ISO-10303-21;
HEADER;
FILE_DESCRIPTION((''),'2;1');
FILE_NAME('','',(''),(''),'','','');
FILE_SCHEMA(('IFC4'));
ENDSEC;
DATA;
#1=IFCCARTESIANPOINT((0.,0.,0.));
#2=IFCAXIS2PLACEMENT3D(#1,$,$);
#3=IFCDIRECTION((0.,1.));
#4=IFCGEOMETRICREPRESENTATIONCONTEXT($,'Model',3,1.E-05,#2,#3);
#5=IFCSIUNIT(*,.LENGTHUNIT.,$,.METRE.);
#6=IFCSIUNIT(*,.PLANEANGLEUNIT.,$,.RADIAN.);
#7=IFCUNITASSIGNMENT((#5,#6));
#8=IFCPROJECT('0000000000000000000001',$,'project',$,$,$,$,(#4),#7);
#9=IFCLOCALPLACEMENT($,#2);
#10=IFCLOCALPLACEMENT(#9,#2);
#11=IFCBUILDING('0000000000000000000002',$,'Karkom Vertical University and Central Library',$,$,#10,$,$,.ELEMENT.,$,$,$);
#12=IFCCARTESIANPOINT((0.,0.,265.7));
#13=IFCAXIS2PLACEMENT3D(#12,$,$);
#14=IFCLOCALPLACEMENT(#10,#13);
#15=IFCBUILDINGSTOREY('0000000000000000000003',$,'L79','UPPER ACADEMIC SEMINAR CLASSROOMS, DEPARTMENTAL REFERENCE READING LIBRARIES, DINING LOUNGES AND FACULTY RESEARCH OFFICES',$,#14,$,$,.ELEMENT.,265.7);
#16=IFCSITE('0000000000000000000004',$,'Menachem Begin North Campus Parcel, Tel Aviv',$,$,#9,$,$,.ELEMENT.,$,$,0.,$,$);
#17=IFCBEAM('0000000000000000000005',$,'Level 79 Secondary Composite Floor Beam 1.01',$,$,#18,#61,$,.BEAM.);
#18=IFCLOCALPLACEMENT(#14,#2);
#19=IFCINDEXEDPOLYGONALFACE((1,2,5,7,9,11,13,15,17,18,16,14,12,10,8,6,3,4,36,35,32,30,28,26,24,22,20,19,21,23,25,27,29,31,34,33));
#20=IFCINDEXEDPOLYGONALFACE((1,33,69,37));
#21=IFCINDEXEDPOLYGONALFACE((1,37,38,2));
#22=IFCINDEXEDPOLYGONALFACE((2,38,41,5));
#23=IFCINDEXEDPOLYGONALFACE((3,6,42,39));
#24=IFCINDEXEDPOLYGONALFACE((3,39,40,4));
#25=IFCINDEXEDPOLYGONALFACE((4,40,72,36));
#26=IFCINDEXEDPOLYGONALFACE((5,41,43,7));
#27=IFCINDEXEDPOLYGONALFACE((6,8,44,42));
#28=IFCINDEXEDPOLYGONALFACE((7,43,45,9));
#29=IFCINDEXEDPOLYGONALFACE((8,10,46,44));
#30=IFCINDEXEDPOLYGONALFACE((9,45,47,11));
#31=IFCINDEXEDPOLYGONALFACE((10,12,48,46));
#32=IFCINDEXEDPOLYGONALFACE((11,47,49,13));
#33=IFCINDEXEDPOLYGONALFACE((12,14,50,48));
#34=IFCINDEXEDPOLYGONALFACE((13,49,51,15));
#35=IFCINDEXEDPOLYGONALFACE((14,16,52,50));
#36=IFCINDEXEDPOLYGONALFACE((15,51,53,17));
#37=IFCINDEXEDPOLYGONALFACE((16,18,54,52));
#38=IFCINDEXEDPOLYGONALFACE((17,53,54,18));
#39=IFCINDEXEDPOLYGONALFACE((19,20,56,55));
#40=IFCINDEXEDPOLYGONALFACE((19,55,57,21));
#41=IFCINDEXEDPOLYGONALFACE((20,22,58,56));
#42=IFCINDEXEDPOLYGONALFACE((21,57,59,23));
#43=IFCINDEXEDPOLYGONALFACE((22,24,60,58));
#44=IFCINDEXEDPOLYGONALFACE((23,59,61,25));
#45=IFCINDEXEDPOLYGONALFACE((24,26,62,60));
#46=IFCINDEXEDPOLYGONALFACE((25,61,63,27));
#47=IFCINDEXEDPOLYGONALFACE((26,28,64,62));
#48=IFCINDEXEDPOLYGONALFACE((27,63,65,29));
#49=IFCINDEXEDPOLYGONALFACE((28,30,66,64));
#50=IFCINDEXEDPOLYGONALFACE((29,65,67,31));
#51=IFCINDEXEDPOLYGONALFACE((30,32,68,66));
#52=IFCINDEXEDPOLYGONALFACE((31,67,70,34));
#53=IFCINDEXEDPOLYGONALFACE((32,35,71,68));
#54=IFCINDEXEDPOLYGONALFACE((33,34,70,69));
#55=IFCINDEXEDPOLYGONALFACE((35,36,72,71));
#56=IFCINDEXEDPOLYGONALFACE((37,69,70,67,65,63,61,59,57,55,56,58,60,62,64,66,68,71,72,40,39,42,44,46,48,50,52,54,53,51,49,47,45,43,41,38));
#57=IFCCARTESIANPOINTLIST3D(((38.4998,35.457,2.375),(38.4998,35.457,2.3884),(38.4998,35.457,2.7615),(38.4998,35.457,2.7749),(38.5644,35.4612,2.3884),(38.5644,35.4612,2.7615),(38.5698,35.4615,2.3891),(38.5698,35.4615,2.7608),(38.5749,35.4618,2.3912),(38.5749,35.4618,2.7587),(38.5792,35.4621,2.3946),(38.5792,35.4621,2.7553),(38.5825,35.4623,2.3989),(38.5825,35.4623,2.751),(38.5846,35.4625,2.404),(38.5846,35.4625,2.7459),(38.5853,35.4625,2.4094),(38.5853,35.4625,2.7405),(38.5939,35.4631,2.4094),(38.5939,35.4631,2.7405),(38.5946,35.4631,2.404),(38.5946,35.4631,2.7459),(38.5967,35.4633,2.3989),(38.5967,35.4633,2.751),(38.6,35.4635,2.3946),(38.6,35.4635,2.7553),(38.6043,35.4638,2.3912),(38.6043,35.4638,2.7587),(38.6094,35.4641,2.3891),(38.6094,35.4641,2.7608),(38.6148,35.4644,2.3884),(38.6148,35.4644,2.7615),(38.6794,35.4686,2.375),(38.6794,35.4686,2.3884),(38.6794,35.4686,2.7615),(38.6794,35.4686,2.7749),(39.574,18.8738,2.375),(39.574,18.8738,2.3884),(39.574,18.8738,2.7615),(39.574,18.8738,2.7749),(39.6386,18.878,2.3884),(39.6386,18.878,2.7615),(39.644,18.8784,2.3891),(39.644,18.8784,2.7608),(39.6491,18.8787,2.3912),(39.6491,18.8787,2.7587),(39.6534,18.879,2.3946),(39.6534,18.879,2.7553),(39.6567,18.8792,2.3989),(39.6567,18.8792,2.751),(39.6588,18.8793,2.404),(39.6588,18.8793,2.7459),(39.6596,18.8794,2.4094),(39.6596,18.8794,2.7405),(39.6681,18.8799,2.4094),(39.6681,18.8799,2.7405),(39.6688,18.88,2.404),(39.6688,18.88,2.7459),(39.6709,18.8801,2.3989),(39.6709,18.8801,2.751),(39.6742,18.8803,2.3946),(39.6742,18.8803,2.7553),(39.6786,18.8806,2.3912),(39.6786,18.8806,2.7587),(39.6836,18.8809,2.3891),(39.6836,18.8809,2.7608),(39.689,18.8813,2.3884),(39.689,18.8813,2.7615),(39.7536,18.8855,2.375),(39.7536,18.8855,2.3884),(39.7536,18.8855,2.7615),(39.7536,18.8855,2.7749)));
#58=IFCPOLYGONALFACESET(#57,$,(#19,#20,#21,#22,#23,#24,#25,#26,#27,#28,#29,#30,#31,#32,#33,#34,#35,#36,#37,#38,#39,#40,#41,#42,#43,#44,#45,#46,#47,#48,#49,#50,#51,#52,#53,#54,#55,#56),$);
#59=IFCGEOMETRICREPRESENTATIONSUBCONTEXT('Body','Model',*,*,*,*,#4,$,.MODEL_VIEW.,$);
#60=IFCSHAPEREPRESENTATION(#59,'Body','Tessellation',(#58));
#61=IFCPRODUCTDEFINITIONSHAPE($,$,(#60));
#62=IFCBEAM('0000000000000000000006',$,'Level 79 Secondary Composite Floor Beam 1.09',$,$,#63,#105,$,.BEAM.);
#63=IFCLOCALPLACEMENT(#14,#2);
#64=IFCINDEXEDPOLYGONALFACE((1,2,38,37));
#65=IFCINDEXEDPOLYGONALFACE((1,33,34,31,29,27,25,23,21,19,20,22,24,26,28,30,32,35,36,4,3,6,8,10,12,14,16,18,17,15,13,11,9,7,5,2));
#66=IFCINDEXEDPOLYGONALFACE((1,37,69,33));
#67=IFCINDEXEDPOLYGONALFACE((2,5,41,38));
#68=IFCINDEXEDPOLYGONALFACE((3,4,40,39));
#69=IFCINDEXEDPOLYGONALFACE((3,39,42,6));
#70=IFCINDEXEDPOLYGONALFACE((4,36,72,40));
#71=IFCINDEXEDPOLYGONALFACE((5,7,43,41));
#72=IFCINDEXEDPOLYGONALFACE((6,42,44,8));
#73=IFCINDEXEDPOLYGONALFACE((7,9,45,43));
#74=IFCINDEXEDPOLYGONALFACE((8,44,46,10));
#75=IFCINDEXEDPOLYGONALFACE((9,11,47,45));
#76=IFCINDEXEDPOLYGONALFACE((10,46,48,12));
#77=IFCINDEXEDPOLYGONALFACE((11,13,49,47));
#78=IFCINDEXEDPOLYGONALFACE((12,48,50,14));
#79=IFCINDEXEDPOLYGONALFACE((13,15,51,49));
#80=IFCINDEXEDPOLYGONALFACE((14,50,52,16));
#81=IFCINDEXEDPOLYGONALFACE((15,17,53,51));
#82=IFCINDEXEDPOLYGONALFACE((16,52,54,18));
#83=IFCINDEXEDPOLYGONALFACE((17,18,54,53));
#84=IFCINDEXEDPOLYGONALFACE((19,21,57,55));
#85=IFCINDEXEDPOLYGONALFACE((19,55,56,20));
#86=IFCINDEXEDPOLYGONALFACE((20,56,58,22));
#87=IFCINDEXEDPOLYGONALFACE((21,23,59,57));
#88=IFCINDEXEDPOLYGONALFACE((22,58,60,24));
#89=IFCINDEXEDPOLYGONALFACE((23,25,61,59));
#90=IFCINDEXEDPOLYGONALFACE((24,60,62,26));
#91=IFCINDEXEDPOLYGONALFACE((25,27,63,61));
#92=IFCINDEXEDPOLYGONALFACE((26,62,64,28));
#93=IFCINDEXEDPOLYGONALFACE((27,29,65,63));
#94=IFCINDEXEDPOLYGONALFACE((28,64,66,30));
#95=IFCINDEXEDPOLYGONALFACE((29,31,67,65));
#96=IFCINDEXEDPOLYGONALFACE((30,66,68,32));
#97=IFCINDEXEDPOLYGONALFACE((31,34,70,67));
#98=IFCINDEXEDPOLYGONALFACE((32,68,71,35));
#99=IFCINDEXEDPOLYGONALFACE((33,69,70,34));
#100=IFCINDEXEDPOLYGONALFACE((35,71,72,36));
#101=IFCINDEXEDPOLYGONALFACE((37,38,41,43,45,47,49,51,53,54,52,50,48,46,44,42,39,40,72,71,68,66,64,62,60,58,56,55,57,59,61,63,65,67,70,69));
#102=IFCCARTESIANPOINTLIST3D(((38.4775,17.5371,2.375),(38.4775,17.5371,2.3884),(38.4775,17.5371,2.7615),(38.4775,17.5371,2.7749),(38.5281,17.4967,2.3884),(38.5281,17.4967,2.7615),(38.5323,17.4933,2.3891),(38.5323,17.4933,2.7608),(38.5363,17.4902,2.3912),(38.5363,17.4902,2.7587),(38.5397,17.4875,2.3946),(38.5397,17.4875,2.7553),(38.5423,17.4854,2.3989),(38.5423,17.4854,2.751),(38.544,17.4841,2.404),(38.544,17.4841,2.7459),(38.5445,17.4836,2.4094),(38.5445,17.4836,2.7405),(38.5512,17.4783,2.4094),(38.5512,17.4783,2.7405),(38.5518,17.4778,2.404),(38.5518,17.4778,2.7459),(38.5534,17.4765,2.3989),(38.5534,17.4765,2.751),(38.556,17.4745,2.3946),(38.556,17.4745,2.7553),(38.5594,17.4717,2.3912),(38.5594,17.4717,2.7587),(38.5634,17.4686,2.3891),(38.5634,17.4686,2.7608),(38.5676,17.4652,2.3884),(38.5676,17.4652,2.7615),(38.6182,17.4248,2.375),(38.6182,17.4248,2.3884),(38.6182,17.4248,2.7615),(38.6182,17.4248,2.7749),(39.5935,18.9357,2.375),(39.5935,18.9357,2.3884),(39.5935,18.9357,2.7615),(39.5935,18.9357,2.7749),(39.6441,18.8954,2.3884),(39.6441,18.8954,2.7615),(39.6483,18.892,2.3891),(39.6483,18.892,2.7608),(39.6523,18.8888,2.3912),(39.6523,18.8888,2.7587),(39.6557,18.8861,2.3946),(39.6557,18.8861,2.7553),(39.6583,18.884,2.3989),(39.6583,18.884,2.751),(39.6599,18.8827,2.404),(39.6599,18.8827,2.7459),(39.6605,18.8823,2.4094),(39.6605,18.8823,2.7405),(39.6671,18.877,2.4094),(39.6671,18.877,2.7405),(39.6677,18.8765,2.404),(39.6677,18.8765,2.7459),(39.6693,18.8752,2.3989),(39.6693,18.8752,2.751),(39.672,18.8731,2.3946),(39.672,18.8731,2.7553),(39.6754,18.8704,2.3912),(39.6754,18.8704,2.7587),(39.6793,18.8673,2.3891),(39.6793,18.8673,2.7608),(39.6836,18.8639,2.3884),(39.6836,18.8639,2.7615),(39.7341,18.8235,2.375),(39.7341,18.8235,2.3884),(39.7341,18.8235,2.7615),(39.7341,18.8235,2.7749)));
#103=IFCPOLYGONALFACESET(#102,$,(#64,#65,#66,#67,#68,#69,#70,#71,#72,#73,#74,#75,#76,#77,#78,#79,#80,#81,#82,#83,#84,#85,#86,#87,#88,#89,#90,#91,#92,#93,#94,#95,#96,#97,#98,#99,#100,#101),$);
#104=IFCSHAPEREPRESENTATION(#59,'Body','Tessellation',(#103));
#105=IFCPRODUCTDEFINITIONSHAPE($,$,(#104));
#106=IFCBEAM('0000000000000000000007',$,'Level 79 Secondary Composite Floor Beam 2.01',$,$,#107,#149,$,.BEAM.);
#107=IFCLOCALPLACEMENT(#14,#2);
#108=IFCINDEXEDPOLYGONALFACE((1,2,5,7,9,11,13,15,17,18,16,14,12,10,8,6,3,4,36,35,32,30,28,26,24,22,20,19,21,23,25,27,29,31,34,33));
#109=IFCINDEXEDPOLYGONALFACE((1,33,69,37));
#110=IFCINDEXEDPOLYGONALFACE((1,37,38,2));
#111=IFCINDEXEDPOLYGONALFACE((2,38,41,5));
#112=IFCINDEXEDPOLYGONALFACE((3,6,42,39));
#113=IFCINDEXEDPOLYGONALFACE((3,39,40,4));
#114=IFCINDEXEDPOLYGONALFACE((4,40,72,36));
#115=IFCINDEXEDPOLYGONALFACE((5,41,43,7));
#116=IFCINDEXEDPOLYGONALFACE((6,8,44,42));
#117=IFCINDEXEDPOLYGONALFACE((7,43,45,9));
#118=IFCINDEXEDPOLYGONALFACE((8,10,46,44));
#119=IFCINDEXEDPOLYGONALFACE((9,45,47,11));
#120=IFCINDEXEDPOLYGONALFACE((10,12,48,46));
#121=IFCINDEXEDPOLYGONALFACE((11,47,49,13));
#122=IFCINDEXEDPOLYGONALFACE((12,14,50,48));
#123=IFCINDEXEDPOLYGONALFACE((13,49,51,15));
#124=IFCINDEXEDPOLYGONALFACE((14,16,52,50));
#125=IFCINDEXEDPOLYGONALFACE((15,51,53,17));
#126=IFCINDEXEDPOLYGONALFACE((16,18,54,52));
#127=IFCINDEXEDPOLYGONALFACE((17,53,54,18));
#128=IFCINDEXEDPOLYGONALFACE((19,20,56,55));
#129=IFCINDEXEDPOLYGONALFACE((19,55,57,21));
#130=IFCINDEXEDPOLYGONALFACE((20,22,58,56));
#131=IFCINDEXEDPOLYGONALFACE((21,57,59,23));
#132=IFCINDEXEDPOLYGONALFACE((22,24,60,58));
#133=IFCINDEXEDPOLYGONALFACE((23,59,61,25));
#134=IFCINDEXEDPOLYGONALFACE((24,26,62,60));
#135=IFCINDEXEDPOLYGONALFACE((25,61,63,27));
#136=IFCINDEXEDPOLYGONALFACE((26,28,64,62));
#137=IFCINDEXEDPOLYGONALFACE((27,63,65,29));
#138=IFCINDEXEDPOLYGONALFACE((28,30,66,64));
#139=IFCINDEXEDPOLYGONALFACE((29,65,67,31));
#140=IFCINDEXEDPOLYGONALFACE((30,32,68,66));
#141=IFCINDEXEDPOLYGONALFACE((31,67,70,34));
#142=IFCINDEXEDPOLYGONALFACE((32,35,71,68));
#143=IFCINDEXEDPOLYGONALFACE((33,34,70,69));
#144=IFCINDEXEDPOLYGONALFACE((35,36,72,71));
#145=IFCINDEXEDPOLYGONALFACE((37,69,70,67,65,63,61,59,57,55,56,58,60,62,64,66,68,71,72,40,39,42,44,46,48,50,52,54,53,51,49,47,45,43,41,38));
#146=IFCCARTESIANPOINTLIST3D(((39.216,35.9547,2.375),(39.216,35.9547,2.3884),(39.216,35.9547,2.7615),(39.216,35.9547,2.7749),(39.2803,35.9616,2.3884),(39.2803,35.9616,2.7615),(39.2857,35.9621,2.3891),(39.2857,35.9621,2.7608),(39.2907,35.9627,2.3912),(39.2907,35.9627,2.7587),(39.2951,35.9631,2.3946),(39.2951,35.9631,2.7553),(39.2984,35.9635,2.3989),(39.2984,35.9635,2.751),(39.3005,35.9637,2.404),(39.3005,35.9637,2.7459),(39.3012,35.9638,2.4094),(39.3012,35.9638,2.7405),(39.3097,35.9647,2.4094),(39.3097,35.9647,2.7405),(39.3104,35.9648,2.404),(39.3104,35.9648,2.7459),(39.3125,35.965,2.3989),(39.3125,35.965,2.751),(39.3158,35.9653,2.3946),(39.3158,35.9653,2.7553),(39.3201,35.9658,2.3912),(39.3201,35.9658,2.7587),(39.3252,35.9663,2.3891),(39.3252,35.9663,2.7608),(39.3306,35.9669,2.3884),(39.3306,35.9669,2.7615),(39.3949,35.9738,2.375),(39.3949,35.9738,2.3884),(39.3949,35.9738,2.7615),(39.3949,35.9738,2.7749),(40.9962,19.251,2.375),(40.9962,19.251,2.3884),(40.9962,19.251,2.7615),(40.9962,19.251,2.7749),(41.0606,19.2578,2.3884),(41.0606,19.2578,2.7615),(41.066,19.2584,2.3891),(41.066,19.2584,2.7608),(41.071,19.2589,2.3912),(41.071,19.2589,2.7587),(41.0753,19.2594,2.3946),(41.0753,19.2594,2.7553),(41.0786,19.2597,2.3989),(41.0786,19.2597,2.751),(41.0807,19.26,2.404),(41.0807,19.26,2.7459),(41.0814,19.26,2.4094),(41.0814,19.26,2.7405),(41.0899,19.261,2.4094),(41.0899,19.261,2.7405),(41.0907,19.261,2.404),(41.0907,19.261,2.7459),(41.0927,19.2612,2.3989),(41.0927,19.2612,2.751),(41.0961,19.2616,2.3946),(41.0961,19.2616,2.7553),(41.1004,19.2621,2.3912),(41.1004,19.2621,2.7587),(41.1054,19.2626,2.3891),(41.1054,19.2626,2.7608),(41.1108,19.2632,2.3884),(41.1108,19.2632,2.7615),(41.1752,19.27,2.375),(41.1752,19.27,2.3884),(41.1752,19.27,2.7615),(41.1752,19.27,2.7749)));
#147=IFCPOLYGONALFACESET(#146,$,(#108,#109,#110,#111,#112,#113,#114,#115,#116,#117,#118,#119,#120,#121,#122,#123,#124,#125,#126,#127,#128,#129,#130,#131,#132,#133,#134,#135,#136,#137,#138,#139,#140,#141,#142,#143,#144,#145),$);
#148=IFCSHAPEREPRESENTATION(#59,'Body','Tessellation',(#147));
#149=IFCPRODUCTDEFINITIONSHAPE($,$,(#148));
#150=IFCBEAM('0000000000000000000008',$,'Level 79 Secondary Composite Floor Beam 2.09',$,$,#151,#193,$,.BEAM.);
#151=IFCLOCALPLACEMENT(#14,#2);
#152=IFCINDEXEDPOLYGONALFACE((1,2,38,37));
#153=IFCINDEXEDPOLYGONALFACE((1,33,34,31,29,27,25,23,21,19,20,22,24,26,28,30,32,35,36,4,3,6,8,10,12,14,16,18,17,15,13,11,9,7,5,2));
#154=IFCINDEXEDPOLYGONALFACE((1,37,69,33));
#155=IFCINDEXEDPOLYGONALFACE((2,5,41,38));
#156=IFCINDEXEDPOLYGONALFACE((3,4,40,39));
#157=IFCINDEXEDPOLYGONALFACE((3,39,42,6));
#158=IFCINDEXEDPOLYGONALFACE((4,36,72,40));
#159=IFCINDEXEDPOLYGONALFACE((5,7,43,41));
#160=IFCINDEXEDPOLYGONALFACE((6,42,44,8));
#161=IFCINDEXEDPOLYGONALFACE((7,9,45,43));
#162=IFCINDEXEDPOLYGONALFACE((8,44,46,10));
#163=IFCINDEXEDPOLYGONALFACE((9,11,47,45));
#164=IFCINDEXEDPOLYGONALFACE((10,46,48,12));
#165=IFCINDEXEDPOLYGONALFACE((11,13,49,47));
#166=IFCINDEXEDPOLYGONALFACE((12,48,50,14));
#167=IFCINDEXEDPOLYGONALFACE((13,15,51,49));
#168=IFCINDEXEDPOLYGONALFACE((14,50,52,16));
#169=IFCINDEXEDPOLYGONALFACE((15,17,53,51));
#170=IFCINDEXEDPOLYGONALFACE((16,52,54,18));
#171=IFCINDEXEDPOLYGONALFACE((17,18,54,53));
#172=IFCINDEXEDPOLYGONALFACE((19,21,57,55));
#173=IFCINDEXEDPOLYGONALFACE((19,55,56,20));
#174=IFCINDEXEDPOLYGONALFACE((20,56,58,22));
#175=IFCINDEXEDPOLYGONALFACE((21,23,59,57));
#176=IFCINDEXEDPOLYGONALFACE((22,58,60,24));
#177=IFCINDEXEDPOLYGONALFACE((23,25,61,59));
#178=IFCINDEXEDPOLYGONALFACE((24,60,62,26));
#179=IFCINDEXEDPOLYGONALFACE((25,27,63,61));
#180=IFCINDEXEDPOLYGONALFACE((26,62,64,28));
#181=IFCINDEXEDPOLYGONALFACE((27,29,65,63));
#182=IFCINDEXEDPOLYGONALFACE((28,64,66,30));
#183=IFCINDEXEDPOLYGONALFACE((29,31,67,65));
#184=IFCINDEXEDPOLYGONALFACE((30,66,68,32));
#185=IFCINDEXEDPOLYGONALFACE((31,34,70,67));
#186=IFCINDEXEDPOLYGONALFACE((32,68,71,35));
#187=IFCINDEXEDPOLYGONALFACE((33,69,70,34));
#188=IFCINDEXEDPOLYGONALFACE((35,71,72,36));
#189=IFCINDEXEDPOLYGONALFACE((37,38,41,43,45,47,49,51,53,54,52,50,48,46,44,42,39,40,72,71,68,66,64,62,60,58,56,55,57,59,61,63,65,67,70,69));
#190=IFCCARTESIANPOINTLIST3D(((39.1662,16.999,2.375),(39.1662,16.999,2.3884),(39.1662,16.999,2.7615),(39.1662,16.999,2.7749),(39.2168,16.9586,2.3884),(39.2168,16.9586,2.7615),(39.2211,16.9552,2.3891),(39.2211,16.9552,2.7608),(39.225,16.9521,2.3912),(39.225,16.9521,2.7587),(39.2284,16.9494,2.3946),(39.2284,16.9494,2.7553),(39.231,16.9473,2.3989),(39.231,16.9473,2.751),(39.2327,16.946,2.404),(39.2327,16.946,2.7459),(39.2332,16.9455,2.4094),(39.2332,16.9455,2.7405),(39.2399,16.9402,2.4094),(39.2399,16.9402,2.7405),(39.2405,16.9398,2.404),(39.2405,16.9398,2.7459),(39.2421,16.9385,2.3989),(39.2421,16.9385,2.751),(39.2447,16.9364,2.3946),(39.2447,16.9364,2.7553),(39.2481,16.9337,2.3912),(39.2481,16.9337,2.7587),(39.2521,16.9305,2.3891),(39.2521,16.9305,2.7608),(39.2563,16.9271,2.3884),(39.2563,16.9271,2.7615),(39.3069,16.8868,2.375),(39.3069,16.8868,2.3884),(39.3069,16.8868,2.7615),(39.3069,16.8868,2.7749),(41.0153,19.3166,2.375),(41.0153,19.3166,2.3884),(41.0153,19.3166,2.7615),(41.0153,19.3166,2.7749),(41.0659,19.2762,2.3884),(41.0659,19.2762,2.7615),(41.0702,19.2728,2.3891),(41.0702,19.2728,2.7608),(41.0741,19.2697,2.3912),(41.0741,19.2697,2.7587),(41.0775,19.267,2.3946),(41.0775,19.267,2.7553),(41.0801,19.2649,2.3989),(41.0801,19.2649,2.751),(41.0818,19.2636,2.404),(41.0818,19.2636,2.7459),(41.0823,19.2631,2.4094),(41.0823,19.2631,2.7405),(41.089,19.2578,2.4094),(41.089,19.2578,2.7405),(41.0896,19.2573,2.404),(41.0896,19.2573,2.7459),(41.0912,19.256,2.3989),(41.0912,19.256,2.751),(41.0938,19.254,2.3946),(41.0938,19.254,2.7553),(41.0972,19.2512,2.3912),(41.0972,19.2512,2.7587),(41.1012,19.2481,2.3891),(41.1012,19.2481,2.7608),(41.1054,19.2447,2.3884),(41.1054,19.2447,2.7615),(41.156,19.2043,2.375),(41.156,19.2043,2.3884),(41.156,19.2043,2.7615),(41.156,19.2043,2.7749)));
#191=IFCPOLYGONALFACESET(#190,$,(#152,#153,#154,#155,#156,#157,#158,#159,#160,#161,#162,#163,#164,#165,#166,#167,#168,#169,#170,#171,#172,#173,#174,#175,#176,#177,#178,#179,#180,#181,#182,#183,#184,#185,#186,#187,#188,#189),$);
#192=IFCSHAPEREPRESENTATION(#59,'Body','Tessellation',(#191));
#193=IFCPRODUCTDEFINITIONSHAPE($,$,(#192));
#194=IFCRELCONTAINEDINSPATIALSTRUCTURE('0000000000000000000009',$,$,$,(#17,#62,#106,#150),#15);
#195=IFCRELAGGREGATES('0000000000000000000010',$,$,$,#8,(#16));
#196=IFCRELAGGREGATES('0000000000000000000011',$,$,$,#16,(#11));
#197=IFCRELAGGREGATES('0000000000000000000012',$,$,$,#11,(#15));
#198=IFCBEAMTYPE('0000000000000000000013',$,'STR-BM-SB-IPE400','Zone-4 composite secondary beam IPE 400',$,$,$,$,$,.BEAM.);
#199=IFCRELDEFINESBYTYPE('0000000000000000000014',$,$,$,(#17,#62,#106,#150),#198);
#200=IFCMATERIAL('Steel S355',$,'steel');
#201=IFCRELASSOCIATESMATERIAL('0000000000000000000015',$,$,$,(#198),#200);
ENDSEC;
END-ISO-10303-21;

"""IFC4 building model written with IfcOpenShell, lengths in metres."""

from ifc_helpers import new_model, si_unit, direction, frame, origin, origin_with_axes, origin_2d, place, context, subcontext, project, spatial, i_section, extrude, source, transform, mapped, material, material_profile, profile_set, type_object, element, save


model = new_model("IFC4")

# Units and contexts
model_context = context("Model", 3, precision=1e-05, world=origin(), true_north=direction((0.0, 1.0)))
body_context = subcontext(model_context, "Body", "Model", "MODEL_VIEW")
ifc_project = project(units=[si_unit("LENGTHUNIT", "METRE"), si_unit("PLANEANGLEUNIT", "RADIAN")], contexts=[model_context])

# Site, building, storey
site_placement = place(None, origin())
site = spatial("IfcSite", under=ifc_project, at=site_placement, Name="Menachem Begin North Campus Parcel, Tel Aviv", CompositionType="ELEMENT", RefElevation=0.0)
building_placement = place(site_placement, origin())
building = spatial("IfcBuilding", under=site, at=building_placement, Name="Karkom Vertical University and Central Library", CompositionType="ELEMENT")
storey_placement = place(building_placement, frame((0.0, 0.0, 265.7)))
storey = spatial("IfcBuildingStorey", under=building, at=storey_placement, Name="L79", Description="UPPER ACADEMIC SEMINAR CLASSROOMS, DEPARTMENTAL REFERENCE READING LIBRARIES, DINING LOUNGES AND FACULTY RESEARCH OFFICES", CompositionType="ELEMENT", Elevation=265.7)

# Beams
ifc_material_1 = material(Name="Steel S355", Category="steel")
ifc_material_profile_1 = material_profile(ifc_material_1, i_section(OverallWidth=0.1799, OverallDepth=0.3999, WebThickness=0.0085, FlangeThickness=0.0134, FilletRadius=0.021, at=origin_2d()), Name="IPE 400")
ifc_profile_set_1 = profile_set([ifc_material_profile_1], Name="Steel S355")
beam_type_1 = type_object("IfcBeamType", Name="STR-BM-SB-IPE400", Description="Zone-4 composite secondary beam IPE 400", PredefinedType="BEAM", material=ifc_profile_set_1)
shared_shape_1 = source(origin_with_axes(), body_context, "Body", "SweptSolid", [
    extrude(i_section(OverallWidth=0.1799, OverallDepth=0.3999, WebThickness=0.0085, FlangeThickness=0.0134, FilletRadius=0.021, at=origin_2d()), origin(), (0.0, 0.0, 1.0), 16.6179),
])
beam_1_placement = place(storey_placement, frame((39.6638, 18.8796, 2.575), z_axis=(-0.064642, 0.997909, 0.0), x_axis=(-0.997909, -0.064642, 0.0)))
element("IfcBeam", 1, at=beam_1_placement, inside=storey, type_object=beam_type_1, Name="Level 79 Secondary Composite Floor Beam 1.01", PredefinedType="BEAM", context=body_context, shape_type="MappedRepresentation", body=[
    mapped(shared_shape_1, transform((0.0, 0.0, 0.0), scale=1.0)),
])
shared_shape_2 = source(origin_with_axes(), body_context, "Body", "SweptSolid", [
    extrude(i_section(OverallWidth=0.1799, OverallDepth=0.3999, WebThickness=0.0085, FlangeThickness=0.0134, FilletRadius=0.021, at=origin_2d()), origin(), (0.0, 0.0, 1.0), 1.7893),
])
beam_2_placement = place(storey_placement, frame((38.5479, 17.481, 2.575), z_axis=(0.62368, 0.78168, 0.0), x_axis=(-0.78168, 0.62368, 0.0)))
element("IfcBeam", 2, at=beam_2_placement, inside=storey, type_object=beam_type_1, Name="Level 79 Secondary Composite Floor Beam 1.09", PredefinedType="BEAM", context=body_context, shape_type="MappedRepresentation", body=[
    mapped(shared_shape_2, transform((0.0, 0.0, 0.0), scale=1.0)),
])
shared_shape_3 = source(origin_with_axes(), body_context, "Body", "SweptSolid", [
    extrude(i_section(OverallWidth=0.1799, OverallDepth=0.3999, WebThickness=0.0085, FlangeThickness=0.0134, FilletRadius=0.021, at=origin_2d()), origin(), (0.0, 0.0, 1.0), 16.7983),
])
beam_3_placement = place(storey_placement, frame((41.0857, 19.2605, 2.575), z_axis=(-0.105978, 0.994368, 0.0), x_axis=(-0.994368, -0.105978, 0.0)))
element("IfcBeam", 3, at=beam_3_placement, inside=storey, type_object=beam_type_1, Name="Level 79 Secondary Composite Floor Beam 2.01", PredefinedType="BEAM", context=body_context, shape_type="MappedRepresentation", body=[
    mapped(shared_shape_3, transform((0.0, 0.0, 0.0), scale=1.0)),
])
shared_shape_4 = source(origin_with_axes(), body_context, "Body", "SweptSolid", [
    extrude(i_section(OverallWidth=0.1799, OverallDepth=0.3999, WebThickness=0.0085, FlangeThickness=0.0134, FilletRadius=0.021, at=origin_2d()), origin(), (0.0, 0.0, 1.0), 2.9648),
])
beam_4_placement = place(storey_placement, frame((39.2366, 16.9429, 2.575), z_axis=(0.62367, 0.781688, 0.0), x_axis=(-0.781688, 0.62367, 0.0)))
element("IfcBeam", 4, at=beam_4_placement, inside=storey, type_object=beam_type_1, Name="Level 79 Secondary Composite Floor Beam 2.09", PredefinedType="BEAM", context=body_context, shape_type="MappedRepresentation", body=[
    mapped(shared_shape_4, transform((0.0, 0.0, 0.0), scale=1.0)),
])

save(model, "model.ifc")
